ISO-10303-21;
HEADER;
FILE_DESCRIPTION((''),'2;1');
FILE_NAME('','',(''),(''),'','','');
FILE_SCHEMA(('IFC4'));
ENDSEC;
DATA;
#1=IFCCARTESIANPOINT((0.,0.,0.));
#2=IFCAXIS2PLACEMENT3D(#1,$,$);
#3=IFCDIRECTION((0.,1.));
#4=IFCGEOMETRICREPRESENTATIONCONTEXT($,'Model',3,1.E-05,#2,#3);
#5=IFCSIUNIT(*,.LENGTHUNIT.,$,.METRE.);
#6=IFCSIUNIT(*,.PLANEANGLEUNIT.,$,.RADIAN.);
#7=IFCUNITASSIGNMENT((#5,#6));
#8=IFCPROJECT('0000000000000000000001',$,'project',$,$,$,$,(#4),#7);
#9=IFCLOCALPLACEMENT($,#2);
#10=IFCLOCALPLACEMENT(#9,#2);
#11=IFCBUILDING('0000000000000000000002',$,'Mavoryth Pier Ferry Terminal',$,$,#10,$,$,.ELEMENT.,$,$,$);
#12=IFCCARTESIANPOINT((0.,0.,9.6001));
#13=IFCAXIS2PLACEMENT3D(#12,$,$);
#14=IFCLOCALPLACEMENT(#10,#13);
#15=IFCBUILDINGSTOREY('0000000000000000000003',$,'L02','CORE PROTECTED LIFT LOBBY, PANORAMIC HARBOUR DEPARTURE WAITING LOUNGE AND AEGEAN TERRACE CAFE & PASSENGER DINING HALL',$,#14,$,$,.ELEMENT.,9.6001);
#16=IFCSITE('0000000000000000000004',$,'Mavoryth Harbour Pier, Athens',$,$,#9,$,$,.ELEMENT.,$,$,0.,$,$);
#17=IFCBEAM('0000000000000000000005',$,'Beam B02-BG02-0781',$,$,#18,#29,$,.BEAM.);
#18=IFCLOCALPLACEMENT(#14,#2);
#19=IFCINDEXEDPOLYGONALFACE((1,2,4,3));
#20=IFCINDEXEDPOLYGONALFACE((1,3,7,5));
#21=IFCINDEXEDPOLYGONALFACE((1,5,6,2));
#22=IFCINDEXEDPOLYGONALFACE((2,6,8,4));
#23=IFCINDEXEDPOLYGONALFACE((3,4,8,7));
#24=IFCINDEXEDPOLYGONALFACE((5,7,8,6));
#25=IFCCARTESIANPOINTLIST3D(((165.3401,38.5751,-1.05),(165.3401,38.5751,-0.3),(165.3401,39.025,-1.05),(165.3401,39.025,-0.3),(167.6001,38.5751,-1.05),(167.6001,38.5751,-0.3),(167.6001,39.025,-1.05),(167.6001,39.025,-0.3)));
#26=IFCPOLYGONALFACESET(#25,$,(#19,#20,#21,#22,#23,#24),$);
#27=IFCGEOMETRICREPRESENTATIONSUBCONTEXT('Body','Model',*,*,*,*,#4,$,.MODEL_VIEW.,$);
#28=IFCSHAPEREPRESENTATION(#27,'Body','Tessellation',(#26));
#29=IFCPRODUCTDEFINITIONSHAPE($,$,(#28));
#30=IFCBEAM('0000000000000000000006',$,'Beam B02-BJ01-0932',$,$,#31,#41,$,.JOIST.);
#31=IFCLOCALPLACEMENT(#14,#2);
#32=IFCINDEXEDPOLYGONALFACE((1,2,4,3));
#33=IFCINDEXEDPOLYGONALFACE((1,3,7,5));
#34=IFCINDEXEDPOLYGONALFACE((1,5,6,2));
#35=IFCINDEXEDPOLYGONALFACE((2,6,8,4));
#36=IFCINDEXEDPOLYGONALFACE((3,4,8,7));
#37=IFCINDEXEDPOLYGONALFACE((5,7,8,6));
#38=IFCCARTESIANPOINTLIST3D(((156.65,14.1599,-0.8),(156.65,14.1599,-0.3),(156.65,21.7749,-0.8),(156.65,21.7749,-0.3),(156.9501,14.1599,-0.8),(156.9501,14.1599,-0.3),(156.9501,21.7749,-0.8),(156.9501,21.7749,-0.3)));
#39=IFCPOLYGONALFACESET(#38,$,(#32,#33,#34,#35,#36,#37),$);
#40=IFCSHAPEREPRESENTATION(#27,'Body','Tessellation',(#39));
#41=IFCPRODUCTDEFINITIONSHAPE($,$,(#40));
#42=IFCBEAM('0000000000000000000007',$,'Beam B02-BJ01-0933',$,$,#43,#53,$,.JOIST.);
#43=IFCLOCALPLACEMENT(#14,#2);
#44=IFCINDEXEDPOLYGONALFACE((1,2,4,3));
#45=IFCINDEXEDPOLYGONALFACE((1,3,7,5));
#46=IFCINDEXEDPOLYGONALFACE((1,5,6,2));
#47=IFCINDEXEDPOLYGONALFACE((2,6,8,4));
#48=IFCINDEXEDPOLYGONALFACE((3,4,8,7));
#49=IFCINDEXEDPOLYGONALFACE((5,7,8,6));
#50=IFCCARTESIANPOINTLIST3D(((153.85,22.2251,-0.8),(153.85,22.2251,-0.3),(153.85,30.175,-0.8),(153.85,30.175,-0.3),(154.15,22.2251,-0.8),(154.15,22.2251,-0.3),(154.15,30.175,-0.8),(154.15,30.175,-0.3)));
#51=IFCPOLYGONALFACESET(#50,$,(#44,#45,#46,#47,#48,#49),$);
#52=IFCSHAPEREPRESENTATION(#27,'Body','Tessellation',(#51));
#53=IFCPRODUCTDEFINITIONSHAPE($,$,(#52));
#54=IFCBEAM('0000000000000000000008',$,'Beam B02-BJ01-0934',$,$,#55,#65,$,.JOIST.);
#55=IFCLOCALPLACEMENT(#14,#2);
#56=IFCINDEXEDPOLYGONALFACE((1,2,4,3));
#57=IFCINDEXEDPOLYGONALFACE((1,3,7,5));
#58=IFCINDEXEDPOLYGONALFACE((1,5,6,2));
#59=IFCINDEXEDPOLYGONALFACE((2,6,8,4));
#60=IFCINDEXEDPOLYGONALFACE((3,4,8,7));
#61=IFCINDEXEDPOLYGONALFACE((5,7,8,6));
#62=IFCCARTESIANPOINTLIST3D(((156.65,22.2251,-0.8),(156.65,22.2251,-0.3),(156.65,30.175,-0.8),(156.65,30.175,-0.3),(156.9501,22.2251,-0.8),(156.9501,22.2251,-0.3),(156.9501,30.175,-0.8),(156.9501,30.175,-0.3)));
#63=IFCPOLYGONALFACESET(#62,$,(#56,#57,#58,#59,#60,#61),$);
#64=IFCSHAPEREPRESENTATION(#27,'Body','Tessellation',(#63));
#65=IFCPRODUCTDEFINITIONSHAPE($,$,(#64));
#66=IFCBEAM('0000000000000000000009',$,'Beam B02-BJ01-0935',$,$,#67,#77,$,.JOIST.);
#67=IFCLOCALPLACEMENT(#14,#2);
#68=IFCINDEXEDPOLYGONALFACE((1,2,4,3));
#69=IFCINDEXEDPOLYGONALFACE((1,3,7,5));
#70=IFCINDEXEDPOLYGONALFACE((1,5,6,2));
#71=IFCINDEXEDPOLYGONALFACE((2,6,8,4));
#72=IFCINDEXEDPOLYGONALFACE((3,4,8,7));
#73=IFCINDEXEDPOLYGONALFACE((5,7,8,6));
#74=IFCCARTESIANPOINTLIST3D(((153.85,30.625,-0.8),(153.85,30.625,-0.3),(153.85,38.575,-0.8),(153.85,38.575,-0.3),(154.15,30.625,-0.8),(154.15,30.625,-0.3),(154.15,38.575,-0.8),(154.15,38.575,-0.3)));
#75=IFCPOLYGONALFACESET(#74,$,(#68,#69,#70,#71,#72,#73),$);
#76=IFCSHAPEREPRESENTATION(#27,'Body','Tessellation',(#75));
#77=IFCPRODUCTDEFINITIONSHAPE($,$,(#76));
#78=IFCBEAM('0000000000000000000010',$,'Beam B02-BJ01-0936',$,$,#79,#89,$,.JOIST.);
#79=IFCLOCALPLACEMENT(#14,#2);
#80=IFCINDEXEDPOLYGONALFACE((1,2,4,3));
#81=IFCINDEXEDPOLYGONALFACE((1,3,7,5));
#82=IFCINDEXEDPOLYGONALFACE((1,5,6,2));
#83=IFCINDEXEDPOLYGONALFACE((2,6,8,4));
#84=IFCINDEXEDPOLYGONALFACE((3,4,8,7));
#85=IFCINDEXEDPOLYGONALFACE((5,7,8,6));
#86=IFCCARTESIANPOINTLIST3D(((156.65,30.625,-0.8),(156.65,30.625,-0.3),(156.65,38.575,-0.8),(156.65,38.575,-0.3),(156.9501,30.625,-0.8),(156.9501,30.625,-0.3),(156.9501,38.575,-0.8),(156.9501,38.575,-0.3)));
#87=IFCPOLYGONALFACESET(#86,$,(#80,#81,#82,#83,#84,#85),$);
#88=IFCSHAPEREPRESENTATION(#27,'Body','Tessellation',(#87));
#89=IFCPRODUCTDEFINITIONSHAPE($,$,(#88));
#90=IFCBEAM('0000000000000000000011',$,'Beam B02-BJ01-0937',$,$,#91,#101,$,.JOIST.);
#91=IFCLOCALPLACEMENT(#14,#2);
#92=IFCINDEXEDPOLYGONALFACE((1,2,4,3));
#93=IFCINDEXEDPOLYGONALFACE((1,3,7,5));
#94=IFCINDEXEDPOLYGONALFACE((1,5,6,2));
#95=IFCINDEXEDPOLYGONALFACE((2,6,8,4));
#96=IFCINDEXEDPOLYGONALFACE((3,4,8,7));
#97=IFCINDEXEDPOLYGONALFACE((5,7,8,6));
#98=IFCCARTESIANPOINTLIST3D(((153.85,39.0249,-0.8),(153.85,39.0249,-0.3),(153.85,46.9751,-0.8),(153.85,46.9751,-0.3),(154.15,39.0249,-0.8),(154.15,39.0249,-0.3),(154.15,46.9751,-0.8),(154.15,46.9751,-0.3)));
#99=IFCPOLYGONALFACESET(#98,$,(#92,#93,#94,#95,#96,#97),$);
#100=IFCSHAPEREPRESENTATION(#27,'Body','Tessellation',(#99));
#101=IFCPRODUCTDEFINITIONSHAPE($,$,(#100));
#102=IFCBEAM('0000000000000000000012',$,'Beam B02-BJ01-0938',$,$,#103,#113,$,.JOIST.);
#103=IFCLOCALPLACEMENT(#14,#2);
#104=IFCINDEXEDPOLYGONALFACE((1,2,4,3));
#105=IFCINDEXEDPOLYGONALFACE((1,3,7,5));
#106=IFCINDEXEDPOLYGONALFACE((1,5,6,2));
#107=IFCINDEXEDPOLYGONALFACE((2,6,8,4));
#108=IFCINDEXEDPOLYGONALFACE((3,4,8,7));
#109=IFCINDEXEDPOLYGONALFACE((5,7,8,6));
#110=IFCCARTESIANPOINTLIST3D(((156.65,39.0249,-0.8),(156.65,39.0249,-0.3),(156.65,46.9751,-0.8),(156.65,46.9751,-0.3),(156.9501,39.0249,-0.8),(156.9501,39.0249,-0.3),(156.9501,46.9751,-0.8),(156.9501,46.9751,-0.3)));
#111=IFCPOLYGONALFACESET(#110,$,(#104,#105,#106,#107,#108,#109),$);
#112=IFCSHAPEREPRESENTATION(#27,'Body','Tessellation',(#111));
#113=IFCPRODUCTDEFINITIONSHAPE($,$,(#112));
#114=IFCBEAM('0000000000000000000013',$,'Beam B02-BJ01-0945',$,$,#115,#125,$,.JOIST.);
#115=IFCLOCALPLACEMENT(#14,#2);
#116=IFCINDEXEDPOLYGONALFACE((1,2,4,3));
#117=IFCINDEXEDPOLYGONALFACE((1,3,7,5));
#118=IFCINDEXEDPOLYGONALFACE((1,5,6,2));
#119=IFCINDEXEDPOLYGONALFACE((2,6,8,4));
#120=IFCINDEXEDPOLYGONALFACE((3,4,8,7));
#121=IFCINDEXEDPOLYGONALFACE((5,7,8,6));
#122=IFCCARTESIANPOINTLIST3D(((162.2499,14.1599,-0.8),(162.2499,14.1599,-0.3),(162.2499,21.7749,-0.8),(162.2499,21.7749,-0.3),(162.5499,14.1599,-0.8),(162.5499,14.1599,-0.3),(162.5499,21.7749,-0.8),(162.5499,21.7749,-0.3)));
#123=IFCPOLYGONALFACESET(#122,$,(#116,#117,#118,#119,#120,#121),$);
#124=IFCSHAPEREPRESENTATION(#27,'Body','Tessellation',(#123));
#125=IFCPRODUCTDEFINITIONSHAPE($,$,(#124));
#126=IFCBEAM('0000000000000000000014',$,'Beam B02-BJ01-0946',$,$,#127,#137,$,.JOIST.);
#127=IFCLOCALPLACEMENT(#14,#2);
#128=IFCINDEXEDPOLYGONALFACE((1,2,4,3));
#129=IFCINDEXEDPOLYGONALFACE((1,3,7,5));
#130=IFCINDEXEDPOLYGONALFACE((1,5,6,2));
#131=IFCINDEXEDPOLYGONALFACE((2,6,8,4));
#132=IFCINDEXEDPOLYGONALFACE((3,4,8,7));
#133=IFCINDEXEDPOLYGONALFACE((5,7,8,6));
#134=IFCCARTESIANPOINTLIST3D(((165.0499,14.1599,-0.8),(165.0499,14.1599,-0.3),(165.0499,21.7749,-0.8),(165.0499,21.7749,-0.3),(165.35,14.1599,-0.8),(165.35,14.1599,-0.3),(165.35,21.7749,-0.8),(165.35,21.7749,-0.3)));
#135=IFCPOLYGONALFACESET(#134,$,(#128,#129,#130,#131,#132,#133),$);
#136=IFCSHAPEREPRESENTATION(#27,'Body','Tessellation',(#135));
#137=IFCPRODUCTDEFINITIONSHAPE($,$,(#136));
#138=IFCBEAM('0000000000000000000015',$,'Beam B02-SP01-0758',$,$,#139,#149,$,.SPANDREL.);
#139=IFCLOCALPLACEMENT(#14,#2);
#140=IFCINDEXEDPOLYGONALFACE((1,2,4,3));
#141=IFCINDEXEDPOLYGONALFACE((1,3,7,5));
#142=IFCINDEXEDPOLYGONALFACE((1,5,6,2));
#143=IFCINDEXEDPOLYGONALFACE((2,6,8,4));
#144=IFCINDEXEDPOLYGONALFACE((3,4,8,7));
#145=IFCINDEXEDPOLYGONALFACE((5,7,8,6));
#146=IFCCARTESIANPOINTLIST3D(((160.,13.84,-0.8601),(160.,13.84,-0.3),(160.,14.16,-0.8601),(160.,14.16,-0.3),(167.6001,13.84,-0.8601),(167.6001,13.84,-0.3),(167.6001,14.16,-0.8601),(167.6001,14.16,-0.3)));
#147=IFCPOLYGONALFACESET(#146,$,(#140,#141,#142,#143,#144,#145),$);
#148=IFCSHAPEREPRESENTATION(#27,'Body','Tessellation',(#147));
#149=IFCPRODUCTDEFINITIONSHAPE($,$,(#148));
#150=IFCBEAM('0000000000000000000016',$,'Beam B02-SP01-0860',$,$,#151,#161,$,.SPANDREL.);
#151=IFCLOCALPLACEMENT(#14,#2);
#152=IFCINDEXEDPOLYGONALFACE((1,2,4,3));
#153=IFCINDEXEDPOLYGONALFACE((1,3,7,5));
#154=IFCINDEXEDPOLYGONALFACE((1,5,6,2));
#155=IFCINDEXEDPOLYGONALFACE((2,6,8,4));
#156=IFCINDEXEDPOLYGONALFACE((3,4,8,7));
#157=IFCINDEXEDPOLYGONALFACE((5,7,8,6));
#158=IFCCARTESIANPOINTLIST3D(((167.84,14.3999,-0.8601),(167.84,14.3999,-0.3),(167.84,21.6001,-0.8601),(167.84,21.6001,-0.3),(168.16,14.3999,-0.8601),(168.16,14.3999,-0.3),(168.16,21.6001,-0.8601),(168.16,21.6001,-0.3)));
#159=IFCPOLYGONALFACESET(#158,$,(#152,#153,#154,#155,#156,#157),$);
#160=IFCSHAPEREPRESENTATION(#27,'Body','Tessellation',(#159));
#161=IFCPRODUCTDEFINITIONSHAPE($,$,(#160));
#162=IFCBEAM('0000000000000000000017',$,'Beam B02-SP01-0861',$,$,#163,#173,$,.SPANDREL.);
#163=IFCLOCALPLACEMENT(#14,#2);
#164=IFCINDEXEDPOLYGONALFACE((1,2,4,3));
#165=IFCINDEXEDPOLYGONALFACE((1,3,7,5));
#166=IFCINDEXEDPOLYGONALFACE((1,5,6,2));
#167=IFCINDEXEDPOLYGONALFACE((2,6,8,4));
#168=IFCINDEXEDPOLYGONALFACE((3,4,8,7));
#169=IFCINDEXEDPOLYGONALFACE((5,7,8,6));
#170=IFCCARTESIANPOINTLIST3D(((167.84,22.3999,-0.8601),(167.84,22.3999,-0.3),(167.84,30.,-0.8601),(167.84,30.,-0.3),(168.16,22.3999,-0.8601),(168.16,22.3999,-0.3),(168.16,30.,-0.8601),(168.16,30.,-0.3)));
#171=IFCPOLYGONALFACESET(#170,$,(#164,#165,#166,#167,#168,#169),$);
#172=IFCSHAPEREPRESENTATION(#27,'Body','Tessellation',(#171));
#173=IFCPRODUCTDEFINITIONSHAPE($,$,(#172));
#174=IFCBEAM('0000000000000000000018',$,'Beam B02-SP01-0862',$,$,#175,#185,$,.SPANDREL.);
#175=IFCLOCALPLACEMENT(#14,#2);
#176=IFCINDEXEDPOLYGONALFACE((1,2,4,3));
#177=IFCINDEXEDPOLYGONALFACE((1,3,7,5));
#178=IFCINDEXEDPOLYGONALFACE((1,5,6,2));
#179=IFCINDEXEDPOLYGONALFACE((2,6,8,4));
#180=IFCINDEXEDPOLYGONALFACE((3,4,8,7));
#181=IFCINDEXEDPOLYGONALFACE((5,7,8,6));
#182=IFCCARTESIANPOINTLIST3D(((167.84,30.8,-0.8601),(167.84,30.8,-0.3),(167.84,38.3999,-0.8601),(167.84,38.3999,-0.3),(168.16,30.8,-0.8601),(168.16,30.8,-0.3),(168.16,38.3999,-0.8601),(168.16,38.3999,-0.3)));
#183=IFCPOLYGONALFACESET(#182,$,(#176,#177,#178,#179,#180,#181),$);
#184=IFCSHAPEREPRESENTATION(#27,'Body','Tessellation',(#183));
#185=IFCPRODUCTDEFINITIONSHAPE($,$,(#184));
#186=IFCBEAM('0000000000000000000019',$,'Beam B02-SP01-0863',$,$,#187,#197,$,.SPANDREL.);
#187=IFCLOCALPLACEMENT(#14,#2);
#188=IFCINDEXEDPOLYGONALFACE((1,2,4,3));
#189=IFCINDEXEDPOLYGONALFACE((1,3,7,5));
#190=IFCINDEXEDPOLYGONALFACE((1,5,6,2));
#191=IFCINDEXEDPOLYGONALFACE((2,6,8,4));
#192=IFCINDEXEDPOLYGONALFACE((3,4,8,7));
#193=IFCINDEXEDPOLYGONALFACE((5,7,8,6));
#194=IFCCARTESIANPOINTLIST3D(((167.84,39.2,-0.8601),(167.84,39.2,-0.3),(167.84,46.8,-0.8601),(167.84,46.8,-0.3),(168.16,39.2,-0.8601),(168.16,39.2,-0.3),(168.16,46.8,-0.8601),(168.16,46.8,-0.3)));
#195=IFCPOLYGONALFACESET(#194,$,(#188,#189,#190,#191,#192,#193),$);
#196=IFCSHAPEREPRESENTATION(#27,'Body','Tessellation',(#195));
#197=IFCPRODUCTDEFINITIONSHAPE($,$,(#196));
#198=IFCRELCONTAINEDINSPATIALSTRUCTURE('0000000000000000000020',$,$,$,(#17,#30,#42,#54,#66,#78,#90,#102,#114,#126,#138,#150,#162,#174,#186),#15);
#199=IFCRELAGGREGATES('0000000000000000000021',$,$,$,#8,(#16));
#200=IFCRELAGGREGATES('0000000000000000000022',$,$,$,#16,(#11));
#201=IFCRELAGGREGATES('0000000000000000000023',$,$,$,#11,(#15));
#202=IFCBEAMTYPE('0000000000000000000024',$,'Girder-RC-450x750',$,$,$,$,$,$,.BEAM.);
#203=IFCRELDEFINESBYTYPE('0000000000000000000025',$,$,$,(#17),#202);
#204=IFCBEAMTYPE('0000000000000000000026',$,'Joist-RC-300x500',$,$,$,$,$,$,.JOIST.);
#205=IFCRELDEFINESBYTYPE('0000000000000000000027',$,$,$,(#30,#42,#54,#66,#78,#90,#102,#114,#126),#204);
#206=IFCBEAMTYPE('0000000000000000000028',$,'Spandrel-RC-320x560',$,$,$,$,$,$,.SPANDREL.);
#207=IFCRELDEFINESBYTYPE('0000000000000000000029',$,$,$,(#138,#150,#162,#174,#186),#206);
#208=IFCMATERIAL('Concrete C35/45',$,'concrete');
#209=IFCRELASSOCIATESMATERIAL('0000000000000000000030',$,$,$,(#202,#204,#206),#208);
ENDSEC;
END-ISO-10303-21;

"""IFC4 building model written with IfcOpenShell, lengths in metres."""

from ifc_helpers import new_model, si_unit, direction, frame, origin, origin_2d, place, context, subcontext, project, spatial, rectangle, extrude, material, material_profile, profile_set, type_object, element, save


model = new_model("IFC4")

# Units and contexts
model_context = context("Model", 3, precision=1e-05, world=origin(), true_north=direction((0.0, 1.0)))
body_context = subcontext(model_context, "Body", "Model", "MODEL_VIEW")
ifc_project = project(units=[si_unit("LENGTHUNIT", "METRE"), si_unit("PLANEANGLEUNIT", "RADIAN")], contexts=[model_context])

# Site, building, storey
site_placement = place(None, origin())
site = spatial("IfcSite", under=ifc_project, at=site_placement, Name="Mavoryth Harbour Pier, Athens", CompositionType="ELEMENT", RefElevation=0.0)
building_placement = place(site_placement, origin())
building = spatial("IfcBuilding", under=site, at=building_placement, Name="Mavoryth Pier Ferry Terminal", CompositionType="ELEMENT")
storey_placement = place(building_placement, frame((0.0, 0.0, 9.6001)))
storey = spatial("IfcBuildingStorey", under=building, at=storey_placement, Name="L02", Description="CORE PROTECTED LIFT LOBBY, PANORAMIC HARBOUR DEPARTURE WAITING LOUNGE AND AEGEAN TERRACE CAFE & PASSENGER DINING HALL", CompositionType="ELEMENT", Elevation=9.6001)

# Beams
ifc_material_1 = material(Name="Concrete C35/45", Category="concrete")
ifc_material_profile_1 = material_profile(ifc_material_1, rectangle(XDim=0.45, YDim=0.75, at=origin_2d()), Name="RC 450x750", Category="concrete")
ifc_profile_set_1 = profile_set([ifc_material_profile_1], Name="Concrete C35/45 - RC 450x750")
beam_type_1 = type_object("IfcBeamType", Name="Girder-RC-450x750", PredefinedType="BEAM", material=ifc_profile_set_1)
beam_1_placement = place(storey_placement, frame((165.3401, 38.8, -0.675), z_axis=(1.0, 0.0, 0.0), x_axis=(0.0, 1.0, 0.0)))
element("IfcBeam", 1, at=beam_1_placement, inside=storey, type_object=beam_type_1, Name="Beam B02-BG02-0781", PredefinedType="BEAM", context=body_context, shape_type="SweptSolid", body=[
    extrude(rectangle(XDim=0.45, YDim=0.75, at=origin_2d()), origin(), (0.0, 0.0, 1.0), 2.26),
])
ifc_material_profile_2 = material_profile(ifc_material_1, rectangle(XDim=0.3, YDim=0.5, at=origin_2d()), Name="RC 300x500", Category="concrete")
ifc_profile_set_2 = profile_set([ifc_material_profile_2], Name="Concrete C35/45 - RC 300x500")
beam_type_2 = type_object("IfcBeamType", Name="Joist-RC-300x500", PredefinedType="JOIST", material=ifc_profile_set_2)
beam_2_placement = place(storey_placement, frame((156.8, 14.1599, -0.55), z_axis=(0.0, 1.0, 0.0), x_axis=(-1.0, 0.0, 0.0)))
element("IfcBeam", 2, at=beam_2_placement, inside=storey, type_object=beam_type_2, Name="Beam B02-BJ01-0932", PredefinedType="JOIST", context=body_context, shape_type="SweptSolid", body=[
    extrude(rectangle(XDim=0.3, YDim=0.5, at=origin_2d()), origin(), (0.0, 0.0, 1.0), 7.615),
])
for number, where, z_axis, x_axis, name in (
    (3, (154.0, 22.2251, -0.55), (0.0, 1.0, 0.0), (-1.0, 0.0, 0.0), "Beam B02-BJ01-0933"),
    (4, (156.8, 22.2251, -0.55), (0.0, 1.0, 0.0), (-1.0, 0.0, 0.0), "Beam B02-BJ01-0934"),
    (5, (154.0, 30.625, -0.55), (0.0, 1.0, 0.0), (-1.0, 0.0, 0.0), "Beam B02-BJ01-0935"),
    (6, (156.8, 30.625, -0.55), (0.0, 1.0, 0.0), (-1.0, 0.0, 0.0), "Beam B02-BJ01-0936"),
):
    element("IfcBeam", number, at=place(storey_placement, frame(where, z_axis=z_axis, x_axis=x_axis)), inside=storey, type_object=beam_type_2, Name=name, PredefinedType="JOIST", context=body_context, shape_type="SweptSolid", body=[
        extrude(rectangle(XDim=0.3, YDim=0.5, at=origin_2d()), origin(), (0.0, 0.0, 1.0), 7.95),
    ])
for number, where, z_axis, x_axis, name in (
    (7, (154.0, 39.0249, -0.55), (0.0, 1.0, 0.0), (-1.0, 0.0, 0.0), "Beam B02-BJ01-0937"),
    (8, (156.8, 39.0249, -0.55), (0.0, 1.0, 0.0), (-1.0, 0.0, 0.0), "Beam B02-BJ01-0938"),
):
    element("IfcBeam", number, at=place(storey_placement, frame(where, z_axis=z_axis, x_axis=x_axis)), inside=storey, type_object=beam_type_2, Name=name, PredefinedType="JOIST", context=body_context, shape_type="SweptSolid", body=[
        extrude(rectangle(XDim=0.3, YDim=0.5, at=origin_2d()), origin(), (0.0, 0.0, 1.0), 7.9502),
    ])
for number, where, z_axis, x_axis, name in (
    (9, (162.3999, 14.1599, -0.55), (0.0, 1.0, 0.0), (-1.0, 0.0, 0.0), "Beam B02-BJ01-0945"),
    (10, (165.2, 14.1599, -0.55), (0.0, 1.0, 0.0), (-1.0, 0.0, 0.0), "Beam B02-BJ01-0946"),
):
    element("IfcBeam", number, at=place(storey_placement, frame(where, z_axis=z_axis, x_axis=x_axis)), inside=storey, type_object=beam_type_2, Name=name, PredefinedType="JOIST", context=body_context, shape_type="SweptSolid", body=[
        extrude(rectangle(XDim=0.3, YDim=0.5, at=origin_2d()), origin(), (0.0, 0.0, 1.0), 7.615),
    ])
ifc_material_profile_3 = material_profile(ifc_material_1, rectangle(XDim=0.3201, YDim=0.5601, at=origin_2d()), Name="RC 320x560", Category="concrete")
ifc_profile_set_3 = profile_set([ifc_material_profile_3], Name="Concrete C35/45 - RC 320x560")
beam_type_3 = type_object("IfcBeamType", Name="Spandrel-RC-320x560", PredefinedType="SPANDREL", material=ifc_profile_set_3)
beam_3_placement = place(storey_placement, frame((160.0, 14.0, -0.5801), z_axis=(1.0, 0.0, 0.0), x_axis=(0.0, 1.0, 0.0)))
element("IfcBeam", 11, at=beam_3_placement, inside=storey, type_object=beam_type_3, Name="Beam B02-SP01-0758", PredefinedType="SPANDREL", context=body_context, shape_type="SweptSolid", body=[
    extrude(rectangle(XDim=0.3201, YDim=0.5601, at=origin_2d()), origin(), (0.0, 0.0, 1.0), 7.6001),
])
beam_4_placement = place(storey_placement, frame((168.0, 14.3999, -0.5801), z_axis=(0.0, 1.0, 0.0), x_axis=(-1.0, 0.0, 0.0)))
element("IfcBeam", 12, at=beam_4_placement, inside=storey, type_object=beam_type_3, Name="Beam B02-SP01-0860", PredefinedType="SPANDREL", context=body_context, shape_type="SweptSolid", body=[
    extrude(rectangle(XDim=0.3201, YDim=0.5601, at=origin_2d()), origin(), (0.0, 0.0, 1.0), 7.2002),
])
beam_5_placement = place(storey_placement, frame((168.0, 22.3999, -0.5801), z_axis=(0.0, 1.0, 0.0), x_axis=(-1.0, 0.0, 0.0)))
element("IfcBeam", 13, at=beam_5_placement, inside=storey, type_object=beam_type_3, Name="Beam B02-SP01-0861", PredefinedType="SPANDREL", context=body_context, shape_type="SweptSolid", body=[
    extrude(rectangle(XDim=0.3201, YDim=0.5601, at=origin_2d()), origin(), (0.0, 0.0, 1.0), 7.6001),
])
beam_6_placement = place(storey_placement, frame((168.0, 30.8, -0.5801), z_axis=(0.0, 1.0, 0.0), x_axis=(-1.0, 0.0, 0.0)))
element("IfcBeam", 14, at=beam_6_placement, inside=storey, type_object=beam_type_3, Name="Beam B02-SP01-0862", PredefinedType="SPANDREL", context=body_context, shape_type="SweptSolid", body=[
    extrude(rectangle(XDim=0.3201, YDim=0.5601, at=origin_2d()), origin(), (0.0, 0.0, 1.0), 7.5999),
])
beam_7_placement = place(storey_placement, frame((168.0, 39.2, -0.5801), z_axis=(0.0, 1.0, 0.0), x_axis=(-1.0, 0.0, 0.0)))
element("IfcBeam", 15, at=beam_7_placement, inside=storey, type_object=beam_type_3, Name="Beam B02-SP01-0863", PredefinedType="SPANDREL", context=body_context, shape_type="SweptSolid", body=[
    extrude(rectangle(XDim=0.3201, YDim=0.5601, at=origin_2d()), origin(), (0.0, 0.0, 1.0), 7.6001),
])

save(model, "model.ifc")
